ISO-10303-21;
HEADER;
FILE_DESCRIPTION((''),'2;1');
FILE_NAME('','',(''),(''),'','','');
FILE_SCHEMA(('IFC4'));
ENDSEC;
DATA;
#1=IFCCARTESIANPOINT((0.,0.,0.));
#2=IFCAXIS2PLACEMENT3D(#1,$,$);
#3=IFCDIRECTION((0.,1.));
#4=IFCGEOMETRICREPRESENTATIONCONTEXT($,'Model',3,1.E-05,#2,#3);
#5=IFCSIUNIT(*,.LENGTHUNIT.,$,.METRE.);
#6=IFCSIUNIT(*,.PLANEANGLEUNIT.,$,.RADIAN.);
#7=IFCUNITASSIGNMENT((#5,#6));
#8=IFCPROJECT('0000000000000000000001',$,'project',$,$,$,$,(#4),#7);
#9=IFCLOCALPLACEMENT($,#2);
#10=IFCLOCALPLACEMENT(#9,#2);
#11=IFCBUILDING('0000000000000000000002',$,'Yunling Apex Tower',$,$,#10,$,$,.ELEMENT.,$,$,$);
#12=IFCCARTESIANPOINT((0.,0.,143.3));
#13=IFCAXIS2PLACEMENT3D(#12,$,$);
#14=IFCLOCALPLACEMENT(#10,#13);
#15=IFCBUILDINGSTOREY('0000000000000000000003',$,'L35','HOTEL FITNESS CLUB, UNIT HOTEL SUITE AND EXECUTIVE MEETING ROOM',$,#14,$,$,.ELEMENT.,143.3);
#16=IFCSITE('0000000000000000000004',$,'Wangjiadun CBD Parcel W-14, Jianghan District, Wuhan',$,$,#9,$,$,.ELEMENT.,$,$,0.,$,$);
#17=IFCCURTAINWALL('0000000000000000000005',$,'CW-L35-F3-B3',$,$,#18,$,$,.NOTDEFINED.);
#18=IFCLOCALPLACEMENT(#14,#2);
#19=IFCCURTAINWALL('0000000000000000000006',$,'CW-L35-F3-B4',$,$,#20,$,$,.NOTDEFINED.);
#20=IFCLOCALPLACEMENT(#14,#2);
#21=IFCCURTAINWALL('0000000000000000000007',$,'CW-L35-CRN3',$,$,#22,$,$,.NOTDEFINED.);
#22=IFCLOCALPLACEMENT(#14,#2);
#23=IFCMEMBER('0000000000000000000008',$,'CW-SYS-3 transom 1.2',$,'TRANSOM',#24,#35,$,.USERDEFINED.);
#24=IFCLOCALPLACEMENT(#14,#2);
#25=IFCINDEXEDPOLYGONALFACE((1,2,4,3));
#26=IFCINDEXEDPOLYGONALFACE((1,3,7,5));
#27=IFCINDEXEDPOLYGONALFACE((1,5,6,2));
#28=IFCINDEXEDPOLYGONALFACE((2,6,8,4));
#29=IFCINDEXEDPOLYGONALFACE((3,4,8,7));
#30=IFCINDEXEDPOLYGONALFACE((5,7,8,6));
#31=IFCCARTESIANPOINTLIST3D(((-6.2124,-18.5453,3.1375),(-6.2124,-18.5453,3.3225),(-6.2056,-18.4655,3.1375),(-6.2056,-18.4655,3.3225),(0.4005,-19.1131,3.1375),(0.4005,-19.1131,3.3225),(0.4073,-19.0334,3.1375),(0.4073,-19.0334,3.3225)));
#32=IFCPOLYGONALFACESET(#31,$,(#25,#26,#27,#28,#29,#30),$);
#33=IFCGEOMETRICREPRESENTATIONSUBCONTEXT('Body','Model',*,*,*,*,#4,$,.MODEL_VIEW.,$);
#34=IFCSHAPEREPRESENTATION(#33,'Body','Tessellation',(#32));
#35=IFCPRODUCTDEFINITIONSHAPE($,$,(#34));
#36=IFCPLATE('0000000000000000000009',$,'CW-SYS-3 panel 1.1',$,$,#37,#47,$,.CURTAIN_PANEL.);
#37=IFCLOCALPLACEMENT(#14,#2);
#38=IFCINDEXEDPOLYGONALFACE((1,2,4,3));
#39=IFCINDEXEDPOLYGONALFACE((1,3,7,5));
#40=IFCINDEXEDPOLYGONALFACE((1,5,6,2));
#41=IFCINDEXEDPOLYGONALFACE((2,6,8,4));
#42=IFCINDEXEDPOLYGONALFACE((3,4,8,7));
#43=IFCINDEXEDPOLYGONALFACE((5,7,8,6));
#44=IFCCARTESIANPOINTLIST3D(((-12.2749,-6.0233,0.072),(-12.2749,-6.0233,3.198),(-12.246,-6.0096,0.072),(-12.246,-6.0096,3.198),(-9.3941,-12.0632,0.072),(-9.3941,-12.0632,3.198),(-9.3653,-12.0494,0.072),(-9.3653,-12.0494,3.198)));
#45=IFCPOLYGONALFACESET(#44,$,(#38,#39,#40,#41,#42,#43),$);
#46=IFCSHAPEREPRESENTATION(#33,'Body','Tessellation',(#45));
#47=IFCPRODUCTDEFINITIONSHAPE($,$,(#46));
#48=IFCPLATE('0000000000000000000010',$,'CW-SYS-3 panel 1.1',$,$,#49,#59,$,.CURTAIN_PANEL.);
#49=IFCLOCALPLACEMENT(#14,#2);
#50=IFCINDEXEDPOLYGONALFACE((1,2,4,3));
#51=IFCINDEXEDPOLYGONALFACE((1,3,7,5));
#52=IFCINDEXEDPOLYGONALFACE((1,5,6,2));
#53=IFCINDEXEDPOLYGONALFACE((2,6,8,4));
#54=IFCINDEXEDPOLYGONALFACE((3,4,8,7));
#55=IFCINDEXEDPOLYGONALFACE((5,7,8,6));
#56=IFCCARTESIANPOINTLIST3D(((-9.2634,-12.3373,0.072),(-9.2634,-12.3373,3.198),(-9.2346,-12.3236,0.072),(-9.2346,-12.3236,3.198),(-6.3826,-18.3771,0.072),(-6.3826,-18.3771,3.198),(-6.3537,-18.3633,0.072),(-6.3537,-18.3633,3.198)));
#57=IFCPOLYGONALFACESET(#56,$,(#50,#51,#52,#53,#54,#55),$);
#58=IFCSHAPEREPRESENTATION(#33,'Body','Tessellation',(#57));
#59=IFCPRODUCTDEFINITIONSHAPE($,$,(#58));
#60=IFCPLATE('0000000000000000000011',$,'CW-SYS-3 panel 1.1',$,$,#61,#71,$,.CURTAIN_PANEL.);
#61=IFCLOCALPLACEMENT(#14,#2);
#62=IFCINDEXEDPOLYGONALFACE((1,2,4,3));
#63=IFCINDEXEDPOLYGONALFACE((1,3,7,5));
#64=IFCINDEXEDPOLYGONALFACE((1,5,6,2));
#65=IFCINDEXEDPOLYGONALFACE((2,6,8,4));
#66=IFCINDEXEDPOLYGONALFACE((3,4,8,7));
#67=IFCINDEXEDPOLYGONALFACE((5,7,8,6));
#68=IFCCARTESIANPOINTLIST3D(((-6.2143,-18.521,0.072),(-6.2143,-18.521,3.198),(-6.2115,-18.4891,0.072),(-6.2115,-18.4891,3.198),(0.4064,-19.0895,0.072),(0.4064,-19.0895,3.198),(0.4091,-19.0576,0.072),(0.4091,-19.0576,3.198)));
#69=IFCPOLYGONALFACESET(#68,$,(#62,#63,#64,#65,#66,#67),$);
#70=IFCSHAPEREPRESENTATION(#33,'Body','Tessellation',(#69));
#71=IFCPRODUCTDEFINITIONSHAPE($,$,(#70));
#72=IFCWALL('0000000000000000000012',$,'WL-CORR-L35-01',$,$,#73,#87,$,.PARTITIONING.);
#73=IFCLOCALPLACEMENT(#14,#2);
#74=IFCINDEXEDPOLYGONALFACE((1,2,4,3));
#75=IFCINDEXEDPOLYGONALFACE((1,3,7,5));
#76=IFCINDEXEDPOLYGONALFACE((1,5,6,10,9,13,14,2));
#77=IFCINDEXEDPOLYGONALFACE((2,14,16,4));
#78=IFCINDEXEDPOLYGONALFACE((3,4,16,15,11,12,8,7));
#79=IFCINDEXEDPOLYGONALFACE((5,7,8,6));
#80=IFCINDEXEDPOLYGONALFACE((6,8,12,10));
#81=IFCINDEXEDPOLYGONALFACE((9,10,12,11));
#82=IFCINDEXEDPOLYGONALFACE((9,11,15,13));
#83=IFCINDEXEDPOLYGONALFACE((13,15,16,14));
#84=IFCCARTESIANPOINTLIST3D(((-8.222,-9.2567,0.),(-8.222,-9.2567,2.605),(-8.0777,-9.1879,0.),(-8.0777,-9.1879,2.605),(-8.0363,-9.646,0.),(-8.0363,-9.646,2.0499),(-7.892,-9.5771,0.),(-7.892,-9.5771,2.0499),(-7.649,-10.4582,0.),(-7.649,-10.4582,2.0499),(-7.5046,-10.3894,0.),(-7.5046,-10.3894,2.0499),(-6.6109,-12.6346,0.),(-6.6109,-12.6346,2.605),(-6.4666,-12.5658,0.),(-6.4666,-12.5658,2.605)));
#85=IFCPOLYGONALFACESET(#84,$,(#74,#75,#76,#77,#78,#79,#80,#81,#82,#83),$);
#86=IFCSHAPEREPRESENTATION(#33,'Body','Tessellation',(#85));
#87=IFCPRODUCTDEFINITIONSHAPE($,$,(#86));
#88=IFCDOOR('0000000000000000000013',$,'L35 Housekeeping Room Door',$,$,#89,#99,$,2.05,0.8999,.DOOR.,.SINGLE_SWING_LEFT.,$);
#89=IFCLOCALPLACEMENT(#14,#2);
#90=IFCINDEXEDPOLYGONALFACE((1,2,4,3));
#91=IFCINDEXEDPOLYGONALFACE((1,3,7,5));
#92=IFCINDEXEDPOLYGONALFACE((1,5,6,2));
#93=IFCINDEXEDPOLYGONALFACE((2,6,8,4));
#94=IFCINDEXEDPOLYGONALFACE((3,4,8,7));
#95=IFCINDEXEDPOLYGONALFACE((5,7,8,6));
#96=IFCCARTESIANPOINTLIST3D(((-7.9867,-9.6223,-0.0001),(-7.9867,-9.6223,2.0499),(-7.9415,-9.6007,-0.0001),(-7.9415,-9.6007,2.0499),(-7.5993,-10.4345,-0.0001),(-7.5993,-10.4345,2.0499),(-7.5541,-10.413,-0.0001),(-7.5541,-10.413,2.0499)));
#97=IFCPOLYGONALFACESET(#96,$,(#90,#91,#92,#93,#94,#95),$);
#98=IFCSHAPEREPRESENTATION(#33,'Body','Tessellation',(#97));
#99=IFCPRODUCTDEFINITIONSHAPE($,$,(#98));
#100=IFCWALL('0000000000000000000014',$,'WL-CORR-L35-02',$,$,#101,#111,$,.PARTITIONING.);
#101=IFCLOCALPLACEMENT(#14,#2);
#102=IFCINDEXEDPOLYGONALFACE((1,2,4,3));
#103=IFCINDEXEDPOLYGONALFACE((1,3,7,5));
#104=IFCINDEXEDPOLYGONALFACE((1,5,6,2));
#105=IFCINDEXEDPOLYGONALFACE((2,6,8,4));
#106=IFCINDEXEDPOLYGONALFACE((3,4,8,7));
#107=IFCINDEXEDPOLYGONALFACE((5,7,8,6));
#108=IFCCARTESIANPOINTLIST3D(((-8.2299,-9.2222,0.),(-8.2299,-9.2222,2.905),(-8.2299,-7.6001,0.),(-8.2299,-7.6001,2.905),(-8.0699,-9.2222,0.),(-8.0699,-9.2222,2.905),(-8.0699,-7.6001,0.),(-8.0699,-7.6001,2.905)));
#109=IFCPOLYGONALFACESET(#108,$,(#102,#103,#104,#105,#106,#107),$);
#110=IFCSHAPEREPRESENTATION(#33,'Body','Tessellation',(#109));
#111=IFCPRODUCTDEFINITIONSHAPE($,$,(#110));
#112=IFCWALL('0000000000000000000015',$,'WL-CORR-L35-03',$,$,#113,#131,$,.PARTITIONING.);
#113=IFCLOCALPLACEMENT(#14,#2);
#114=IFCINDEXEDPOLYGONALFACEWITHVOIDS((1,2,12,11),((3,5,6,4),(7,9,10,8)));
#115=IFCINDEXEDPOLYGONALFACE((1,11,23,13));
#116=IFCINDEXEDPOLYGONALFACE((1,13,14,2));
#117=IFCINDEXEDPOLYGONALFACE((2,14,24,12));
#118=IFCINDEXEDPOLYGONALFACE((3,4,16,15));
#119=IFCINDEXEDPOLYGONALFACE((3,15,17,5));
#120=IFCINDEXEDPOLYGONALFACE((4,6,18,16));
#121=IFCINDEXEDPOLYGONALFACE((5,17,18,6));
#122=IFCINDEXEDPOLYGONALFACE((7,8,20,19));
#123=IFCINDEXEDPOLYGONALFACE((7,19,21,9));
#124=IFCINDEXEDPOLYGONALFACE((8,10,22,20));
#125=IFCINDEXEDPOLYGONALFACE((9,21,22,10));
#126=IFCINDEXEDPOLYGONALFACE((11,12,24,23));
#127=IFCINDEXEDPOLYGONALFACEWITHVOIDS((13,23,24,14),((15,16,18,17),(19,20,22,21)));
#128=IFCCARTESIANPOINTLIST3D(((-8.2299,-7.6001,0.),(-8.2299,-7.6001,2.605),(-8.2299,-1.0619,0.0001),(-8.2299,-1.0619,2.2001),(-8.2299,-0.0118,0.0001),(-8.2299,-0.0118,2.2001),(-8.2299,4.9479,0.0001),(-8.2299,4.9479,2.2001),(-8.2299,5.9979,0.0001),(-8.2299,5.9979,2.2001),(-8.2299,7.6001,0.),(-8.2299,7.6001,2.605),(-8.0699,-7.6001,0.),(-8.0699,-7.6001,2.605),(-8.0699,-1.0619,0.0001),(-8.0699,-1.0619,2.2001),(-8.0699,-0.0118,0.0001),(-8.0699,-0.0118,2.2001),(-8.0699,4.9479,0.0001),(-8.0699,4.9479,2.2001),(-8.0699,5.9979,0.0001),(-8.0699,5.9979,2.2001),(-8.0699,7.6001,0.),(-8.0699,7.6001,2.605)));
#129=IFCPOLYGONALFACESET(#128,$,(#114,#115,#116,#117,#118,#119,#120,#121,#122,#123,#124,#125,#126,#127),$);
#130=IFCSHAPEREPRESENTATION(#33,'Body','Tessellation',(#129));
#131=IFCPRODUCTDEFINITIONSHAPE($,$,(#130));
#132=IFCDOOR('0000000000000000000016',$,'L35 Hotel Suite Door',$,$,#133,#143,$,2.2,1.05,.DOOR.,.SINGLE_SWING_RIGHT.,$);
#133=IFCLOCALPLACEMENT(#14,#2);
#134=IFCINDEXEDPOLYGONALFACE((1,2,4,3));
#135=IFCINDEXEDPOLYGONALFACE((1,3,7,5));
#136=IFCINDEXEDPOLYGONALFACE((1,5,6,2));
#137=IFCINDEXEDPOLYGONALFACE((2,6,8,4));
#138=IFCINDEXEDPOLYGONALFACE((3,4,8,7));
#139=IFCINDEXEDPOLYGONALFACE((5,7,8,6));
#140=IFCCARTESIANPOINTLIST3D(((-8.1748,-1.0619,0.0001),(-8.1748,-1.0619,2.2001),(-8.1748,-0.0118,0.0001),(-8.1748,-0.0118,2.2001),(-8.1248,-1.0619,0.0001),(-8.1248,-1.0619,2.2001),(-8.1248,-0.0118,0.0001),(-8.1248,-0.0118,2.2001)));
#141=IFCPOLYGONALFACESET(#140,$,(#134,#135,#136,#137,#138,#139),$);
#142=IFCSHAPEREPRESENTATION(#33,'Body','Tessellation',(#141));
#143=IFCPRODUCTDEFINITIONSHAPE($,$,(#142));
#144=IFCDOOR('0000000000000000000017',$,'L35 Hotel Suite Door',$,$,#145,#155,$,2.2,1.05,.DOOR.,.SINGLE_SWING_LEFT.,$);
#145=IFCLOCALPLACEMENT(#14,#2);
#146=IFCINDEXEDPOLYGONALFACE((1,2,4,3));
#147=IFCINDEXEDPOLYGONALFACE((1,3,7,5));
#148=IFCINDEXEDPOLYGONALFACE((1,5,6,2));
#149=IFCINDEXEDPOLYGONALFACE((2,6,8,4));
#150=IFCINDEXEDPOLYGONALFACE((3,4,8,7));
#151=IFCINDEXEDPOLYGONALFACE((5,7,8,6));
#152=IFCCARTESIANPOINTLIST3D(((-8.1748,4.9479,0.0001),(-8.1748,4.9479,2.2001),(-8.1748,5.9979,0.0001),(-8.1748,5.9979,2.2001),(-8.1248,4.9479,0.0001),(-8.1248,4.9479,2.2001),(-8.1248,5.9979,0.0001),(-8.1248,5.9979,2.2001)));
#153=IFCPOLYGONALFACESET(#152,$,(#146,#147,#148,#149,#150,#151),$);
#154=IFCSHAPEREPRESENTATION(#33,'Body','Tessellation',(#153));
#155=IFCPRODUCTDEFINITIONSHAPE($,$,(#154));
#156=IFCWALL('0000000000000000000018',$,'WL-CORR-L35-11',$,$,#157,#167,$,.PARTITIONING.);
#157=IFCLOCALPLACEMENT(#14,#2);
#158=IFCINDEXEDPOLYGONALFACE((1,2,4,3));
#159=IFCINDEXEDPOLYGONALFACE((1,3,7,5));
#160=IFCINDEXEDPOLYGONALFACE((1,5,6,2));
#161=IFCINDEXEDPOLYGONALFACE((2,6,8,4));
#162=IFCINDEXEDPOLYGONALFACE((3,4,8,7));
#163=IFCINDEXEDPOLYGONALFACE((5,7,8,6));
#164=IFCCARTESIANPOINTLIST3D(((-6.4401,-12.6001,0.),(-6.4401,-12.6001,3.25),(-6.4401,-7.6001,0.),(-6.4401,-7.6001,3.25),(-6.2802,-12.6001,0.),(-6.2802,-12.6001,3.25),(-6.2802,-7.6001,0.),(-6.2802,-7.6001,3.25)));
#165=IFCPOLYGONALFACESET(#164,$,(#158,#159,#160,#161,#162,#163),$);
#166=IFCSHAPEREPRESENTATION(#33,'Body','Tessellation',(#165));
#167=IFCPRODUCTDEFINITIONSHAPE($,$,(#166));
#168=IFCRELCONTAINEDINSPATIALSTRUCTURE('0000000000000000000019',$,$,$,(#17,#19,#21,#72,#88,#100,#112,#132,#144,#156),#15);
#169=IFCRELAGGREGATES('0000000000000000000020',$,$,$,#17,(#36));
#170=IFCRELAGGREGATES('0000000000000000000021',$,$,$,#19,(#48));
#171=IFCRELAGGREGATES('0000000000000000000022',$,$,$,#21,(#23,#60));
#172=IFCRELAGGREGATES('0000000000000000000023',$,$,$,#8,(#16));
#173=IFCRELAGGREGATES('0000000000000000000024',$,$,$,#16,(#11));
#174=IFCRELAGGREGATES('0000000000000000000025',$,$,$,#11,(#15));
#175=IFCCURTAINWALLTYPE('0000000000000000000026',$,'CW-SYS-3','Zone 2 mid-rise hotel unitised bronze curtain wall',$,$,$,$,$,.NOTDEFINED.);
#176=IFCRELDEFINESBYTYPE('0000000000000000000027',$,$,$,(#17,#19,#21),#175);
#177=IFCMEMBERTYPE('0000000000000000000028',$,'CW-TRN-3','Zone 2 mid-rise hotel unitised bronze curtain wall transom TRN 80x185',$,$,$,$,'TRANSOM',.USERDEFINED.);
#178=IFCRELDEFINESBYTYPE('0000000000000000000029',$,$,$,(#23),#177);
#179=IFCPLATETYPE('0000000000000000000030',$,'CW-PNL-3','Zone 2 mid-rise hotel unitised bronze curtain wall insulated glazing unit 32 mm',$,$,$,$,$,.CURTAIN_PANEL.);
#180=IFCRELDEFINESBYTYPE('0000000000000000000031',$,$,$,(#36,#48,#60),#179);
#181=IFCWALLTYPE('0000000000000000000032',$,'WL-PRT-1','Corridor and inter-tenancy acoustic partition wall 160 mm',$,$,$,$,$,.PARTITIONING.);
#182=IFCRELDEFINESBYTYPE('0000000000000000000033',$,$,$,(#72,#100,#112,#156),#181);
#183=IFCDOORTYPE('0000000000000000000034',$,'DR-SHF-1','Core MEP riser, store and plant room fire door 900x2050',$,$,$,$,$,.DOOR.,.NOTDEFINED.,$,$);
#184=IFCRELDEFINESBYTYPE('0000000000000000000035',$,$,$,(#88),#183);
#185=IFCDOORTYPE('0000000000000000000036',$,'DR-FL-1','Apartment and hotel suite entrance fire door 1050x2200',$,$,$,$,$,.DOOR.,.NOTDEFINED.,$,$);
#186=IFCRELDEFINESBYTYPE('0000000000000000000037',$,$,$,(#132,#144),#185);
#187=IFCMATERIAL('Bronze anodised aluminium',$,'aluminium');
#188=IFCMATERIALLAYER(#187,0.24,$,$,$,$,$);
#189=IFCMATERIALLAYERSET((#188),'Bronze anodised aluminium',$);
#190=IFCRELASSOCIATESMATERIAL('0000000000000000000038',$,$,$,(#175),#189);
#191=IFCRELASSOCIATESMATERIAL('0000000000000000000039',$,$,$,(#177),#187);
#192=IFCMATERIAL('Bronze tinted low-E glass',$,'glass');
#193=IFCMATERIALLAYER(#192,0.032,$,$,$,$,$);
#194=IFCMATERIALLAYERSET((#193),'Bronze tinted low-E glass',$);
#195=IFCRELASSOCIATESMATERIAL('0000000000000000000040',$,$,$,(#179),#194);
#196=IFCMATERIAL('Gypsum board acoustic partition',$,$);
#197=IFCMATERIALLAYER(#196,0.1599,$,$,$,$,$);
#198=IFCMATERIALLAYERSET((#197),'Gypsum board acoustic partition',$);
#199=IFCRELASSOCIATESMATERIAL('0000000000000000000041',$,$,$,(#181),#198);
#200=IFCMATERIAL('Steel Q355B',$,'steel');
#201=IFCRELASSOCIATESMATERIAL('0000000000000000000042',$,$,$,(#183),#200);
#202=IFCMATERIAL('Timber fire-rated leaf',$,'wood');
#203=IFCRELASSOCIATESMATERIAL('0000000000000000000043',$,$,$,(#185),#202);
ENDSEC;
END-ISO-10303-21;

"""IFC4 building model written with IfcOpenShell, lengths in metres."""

from ifc_helpers import new_model, si_unit, direction, frame, frame_2d, origin, origin_2d, place, context, subcontext, project, spatial, rectangle, extrude, source, transform, mapped, material, layer, layer_set, material_profile, profile_set, type_object, element, fill, aggregate, save


model = new_model("IFC4")

# Units and contexts
model_context = context("Model", 3, precision=1e-05, world=origin(), true_north=direction((0.0, 1.0)))
body_context = subcontext(model_context, "Body", "Model", "MODEL_VIEW")
ifc_project = project(units=[si_unit("LENGTHUNIT", "METRE"), si_unit("PLANEANGLEUNIT", "RADIAN")], contexts=[model_context])

# Site, building, storey
site_placement = place(None, origin())
site = spatial("IfcSite", under=ifc_project, at=site_placement, Name="Wangjiadun CBD Parcel W-14, Jianghan District, Wuhan", CompositionType="ELEMENT", RefElevation=0.0)
building_placement = place(site_placement, origin())
building = spatial("IfcBuilding", under=site, at=building_placement, Name="Yunling Apex Tower", CompositionType="ELEMENT")
storey_placement = place(building_placement, frame((0.0, 0.0, 143.3)))
storey = spatial("IfcBuildingStorey", under=building, at=storey_placement, Name="L35", Description="HOTEL FITNESS CLUB, UNIT HOTEL SUITE AND EXECUTIVE MEETING ROOM", CompositionType="ELEMENT", Elevation=143.3)

# Shared definitions
ifc_material_1 = material(Name="Steel Q355B", Category="steel")

# Curtain walls
ifc_material_2 = material(Name="Bronze anodised aluminium", Category="aluminium")
ifc_layer_1 = layer(ifc_material_2, 0.24)
ifc_layer_set_1 = layer_set([ifc_layer_1], Name="Bronze anodised aluminium")
curtain_wall_type = type_object("IfcCurtainWallType", Name="CW-SYS-3", Description="Zone 2 mid-rise hotel unitised bronze curtain wall", PredefinedType="NOTDEFINED", material=ifc_layer_set_1)
curtain_wall_1_placement = place(storey_placement, origin())
curtain_wall_1 = element("IfcCurtainWall", 1, at=curtain_wall_1_placement, inside=storey, type_object=curtain_wall_type, Name="CW-L35-F3-B3", PredefinedType="NOTDEFINED")
curtain_wall_2_placement = place(storey_placement, origin())
curtain_wall_2 = element("IfcCurtainWall", 2, at=curtain_wall_2_placement, inside=storey, type_object=curtain_wall_type, Name="CW-L35-F3-B4", PredefinedType="NOTDEFINED")

# Curtain wall
curtain_wall_3_placement = place(storey_placement, origin())
curtain_wall_3 = element("IfcCurtainWall", 3, at=curtain_wall_3_placement, inside=storey, type_object=curtain_wall_type, Name="CW-L35-CRN3", PredefinedType="NOTDEFINED")

# Member
ifc_material_profile_1 = material_profile(ifc_material_2, rectangle(XDim=0.0801, YDim=0.1851, at=origin_2d()))
ifc_profile_set_1 = profile_set([ifc_material_profile_1], Name="Bronze anodised aluminium")
member_type_1 = type_object("IfcMemberType", Name="CW-TRN-3", Description="Zone 2 mid-rise hotel unitised bronze curtain wall transom TRN 80x185", ElementType="TRANSOM", PredefinedType="USERDEFINED", material=ifc_profile_set_1)
shared_shape_1 = source(origin(), body_context, "Body", "SweptSolid", [
    extrude(rectangle(XDim=0.0801, YDim=0.1851, at=origin_2d()), origin(), (0.0, 0.0, 1.0), 6.6372),
])
member_1_placement = place(storey_placement, frame((-6.209, -18.5054, 3.23), z_axis=(0.996333, -0.08556, 0.0), x_axis=(0.08556, 0.996333, 0.0)))
member_1 = element("IfcMember", 4, at=member_1_placement, type_object=member_type_1, Name="CW-SYS-3 transom 1.2", ObjectType="TRANSOM", PredefinedType="USERDEFINED", context=body_context, shape_type="MappedRepresentation", body=[
    mapped(shared_shape_1, transform((0.0, 0.0, 0.0), scale=1.0)),
])

# Plates
ifc_material_3 = material(Name="Bronze tinted low-E glass", Category="glass")
ifc_layer_2 = layer(ifc_material_3, 0.032)
ifc_layer_set_2 = layer_set([ifc_layer_2], Name="Bronze tinted low-E glass")
plate_type = type_object("IfcPlateType", Name="CW-PNL-3", Description="Zone 2 mid-rise hotel unitised bronze curtain wall insulated glazing unit 32 mm", PredefinedType="CURTAIN_PANEL", material=ifc_layer_set_2)
shared_shape_2 = source(origin(), body_context, "Body", "SweptSolid", [
    extrude(rectangle(XDim=6.6917, YDim=0.032, at=origin_2d()), origin(), (0.0, 0.0, 1.0), 3.126),
])
plate_1_placement = place(storey_placement, frame((-10.8201, -9.0364, 0.072), z_axis=(0.0, 0.0, 1.0), x_axis=(0.430494, -0.902593, 0.0)))
plate_1 = element("IfcPlate", 5, at=plate_1_placement, type_object=plate_type, Name="CW-SYS-3 panel 1.1", PredefinedType="CURTAIN_PANEL", context=body_context, shape_type="MappedRepresentation", body=[
    mapped(shared_shape_2, transform((0.0, 0.0, 0.0), scale=1.0)),
])
aggregate(curtain_wall_1, [plate_1])
plate_2_placement = place(storey_placement, frame((-7.8086, -15.3503, 0.072), z_axis=(0.0, 0.0, 1.0), x_axis=(0.430512, -0.902585, 0.0)))
plate_2 = element("IfcPlate", 6, at=plate_2_placement, type_object=plate_type, Name="CW-SYS-3 panel 1.1", PredefinedType="CURTAIN_PANEL", context=body_context, shape_type="MappedRepresentation", body=[
    mapped(shared_shape_2, transform((0.0, 0.0, 0.0), scale=1.0)),
])
aggregate(curtain_wall_2, [plate_2])
shared_shape_3 = source(origin(), body_context, "Body", "SweptSolid", [
    extrude(rectangle(XDim=6.645, YDim=0.032, at=origin_2d()), origin(), (0.0, 0.0, 1.0), 3.126),
])
plate_3_placement = place(storey_placement, frame((-2.9026, -18.7893, 0.072), z_axis=(0.0, 0.0, 1.0), x_axis=(0.996334, -0.08555, 0.0)))
plate_3 = element("IfcPlate", 7, at=plate_3_placement, type_object=plate_type, Name="CW-SYS-3 panel 1.1", PredefinedType="CURTAIN_PANEL", context=body_context, shape_type="MappedRepresentation", body=[
    mapped(shared_shape_3, transform((0.0, 0.0, 0.0), scale=1.0)),
])
aggregate(curtain_wall_3, [member_1, plate_3])

# Wall, opening, door
ifc_material_4 = material(Name="Gypsum board acoustic partition")
ifc_layer_3 = layer(ifc_material_4, 0.1599)
ifc_layer_set_3 = layer_set([ifc_layer_3], Name="Gypsum board acoustic partition")
wall_type_1 = type_object("IfcWallType", Name="WL-PRT-1", Description="Corridor and inter-tenancy acoustic partition wall 160 mm", PredefinedType="PARTITIONING", material=ifc_layer_set_3)
wall_1_placement = place(storey_placement, frame((-6.5388, -12.6001, 0.0), z_axis=(0.0, 0.0, 1.0), x_axis=(-0.430488, 0.902596, 0.0)))
wall_1 = element("IfcWall", 8, at=wall_1_placement, inside=storey, type_object=wall_type_1, Name="WL-CORR-L35-01", PredefinedType="PARTITIONING", context=body_context, shape_type="SweptSolid", body=[
    extrude(rectangle(XDim=3.7424, YDim=0.1599, at=frame_2d((1.8711, 0.0))), origin(), (0.0, 0.0, 1.0), 2.605),
])
opening_1_placement = place(wall_1_placement, frame((2.4111, 0.0, 0.0)))
opening_1 = element("IfcOpeningElement", 9, at=opening_1_placement, cuts=wall_1, PredefinedType="OPENING", context=body_context, shape_type="SweptSolid", body=[
    extrude(rectangle(XDim=0.8999, YDim=2.05, at=frame_2d((0.45, 1.0249))), frame((0.0, 0.0898, 0.0), z_axis=(0.0, -1.0, 0.0), x_axis=(1.0, 0.0, 0.0)), (0.0, 0.0, 1.0), 0.1799),
])
door_type_1 = type_object("IfcDoorType", Name="DR-SHF-1", Description="Core MEP riser, store and plant room fire door 900x2050", OperationType="NOTDEFINED", PredefinedType="DOOR", material=ifc_material_1)
door_1_placement = place(opening_1_placement, origin())
door_1 = element("IfcDoor", 10, at=door_1_placement, inside=storey, type_object=door_type_1, Name="L35 Housekeeping Room Door", OperationType="SINGLE_SWING_LEFT", OverallHeight=2.05, OverallWidth=0.8999, PredefinedType="DOOR", context=body_context, shape_type="SweptSolid", body=[
    extrude(rectangle(XDim=0.8999, YDim=2.05, at=frame_2d((0.45, 1.0249))), frame((0.0, 0.0249, 0.0), z_axis=(0.0, -1.0, 0.0), x_axis=(1.0, 0.0, 0.0)), (0.0, 0.0, 1.0), 0.05),
])
fill(opening_1, door_1)

# Wall
wall_2_placement = place(storey_placement, frame((-8.1499, -9.2222, 0.0), z_axis=(0.0, 0.0, 1.0), x_axis=(0.0, 1.0, 0.0)))
element("IfcWall", 11, at=wall_2_placement, inside=storey, type_object=wall_type_1, Name="WL-CORR-L35-02", PredefinedType="PARTITIONING", context=body_context, shape_type="SweptSolid", body=[
    extrude(rectangle(XDim=1.6221, YDim=0.1599, at=frame_2d((0.811, 0.0))), origin(), (0.0, 0.0, 1.0), 2.905),
])

# Wall, openings, doors
wall_3_placement = place(storey_placement, frame((-8.1499, -7.6001, 0.0), z_axis=(0.0, 0.0, 1.0), x_axis=(0.0, 1.0, 0.0)))
wall_3 = element("IfcWall", 12, at=wall_3_placement, inside=storey, type_object=wall_type_1, Name="WL-CORR-L35-03", PredefinedType="PARTITIONING", context=body_context, shape_type="SweptSolid", body=[
    extrude(rectangle(XDim=15.2002, YDim=0.1599, at=frame_2d((7.6001, 0.0))), origin(), (0.0, 0.0, 1.0), 2.605),
])
opening_2_placement = place(wall_3_placement, frame((6.5383, 0.0, 0.0)))
opening_2 = element("IfcOpeningElement", 13, at=opening_2_placement, cuts=wall_3, PredefinedType="OPENING", context=body_context, shape_type="SweptSolid", body=[
    extrude(rectangle(XDim=1.05, YDim=2.2, at=frame_2d((0.5249, 1.1001))), frame((0.0, 0.0898, 0.0), z_axis=(0.0, -1.0, 0.0), x_axis=(1.0, 0.0, 0.0)), (0.0, 0.0, 1.0), 0.1799),
])
opening_3_placement = place(wall_3_placement, frame((12.5481, 0.0, 0.0)))
opening_3 = element("IfcOpeningElement", 14, at=opening_3_placement, cuts=wall_3, PredefinedType="OPENING", context=body_context, shape_type="SweptSolid", body=[
    extrude(rectangle(XDim=1.05, YDim=2.2, at=frame_2d((0.5249, 1.1001))), frame((0.0, 0.0898, 0.0), z_axis=(0.0, -1.0, 0.0), x_axis=(1.0, 0.0, 0.0)), (0.0, 0.0, 1.0), 0.1799),
])
ifc_material_5 = material(Name="Timber fire-rated leaf", Category="wood")
door_type_2 = type_object("IfcDoorType", Name="DR-FL-1", Description="Apartment and hotel suite entrance fire door 1050x2200", OperationType="NOTDEFINED", PredefinedType="DOOR", material=ifc_material_5)
door_2_placement = place(opening_2_placement, origin())
door_2 = element("IfcDoor", 15, at=door_2_placement, inside=storey, type_object=door_type_2, Name="L35 Hotel Suite Door", OperationType="SINGLE_SWING_RIGHT", OverallHeight=2.2, OverallWidth=1.05, PredefinedType="DOOR", context=body_context, shape_type="SweptSolid", body=[
    extrude(rectangle(XDim=1.05, YDim=2.2, at=frame_2d((0.5249, 1.1001))), frame((0.0, 0.0249, 0.0), z_axis=(0.0, -1.0, 0.0), x_axis=(1.0, 0.0, 0.0)), (0.0, 0.0, 1.0), 0.05),
])
fill(opening_2, door_2)
door_3_placement = place(opening_3_placement, origin())
door_3 = element("IfcDoor", 16, at=door_3_placement, inside=storey, type_object=door_type_2, Name="L35 Hotel Suite Door", OperationType="SINGLE_SWING_LEFT", OverallHeight=2.2, OverallWidth=1.05, PredefinedType="DOOR", context=body_context, shape_type="SweptSolid", body=[
    extrude(rectangle(XDim=1.05, YDim=2.2, at=frame_2d((0.5249, 1.1001))), frame((0.0, 0.0249, 0.0), z_axis=(0.0, -1.0, 0.0), x_axis=(1.0, 0.0, 0.0)), (0.0, 0.0, 1.0), 0.05),
])
fill(opening_3, door_3)

# Wall
wall_4_placement = place(storey_placement, frame((-6.3601, -7.6001, 0.0), z_axis=(0.0, 0.0, 1.0), x_axis=(0.0, -1.0, 0.0)))
element("IfcWall", 17, at=wall_4_placement, inside=storey, type_object=wall_type_1, Name="WL-CORR-L35-11", PredefinedType="PARTITIONING", context=body_context, shape_type="SweptSolid", body=[
    extrude(rectangle(XDim=5.0, YDim=0.1599, at=frame_2d((2.5, 0.0))), origin(), (0.0, 0.0, 1.0), 3.25),
])

save(model, "model.ifc")
